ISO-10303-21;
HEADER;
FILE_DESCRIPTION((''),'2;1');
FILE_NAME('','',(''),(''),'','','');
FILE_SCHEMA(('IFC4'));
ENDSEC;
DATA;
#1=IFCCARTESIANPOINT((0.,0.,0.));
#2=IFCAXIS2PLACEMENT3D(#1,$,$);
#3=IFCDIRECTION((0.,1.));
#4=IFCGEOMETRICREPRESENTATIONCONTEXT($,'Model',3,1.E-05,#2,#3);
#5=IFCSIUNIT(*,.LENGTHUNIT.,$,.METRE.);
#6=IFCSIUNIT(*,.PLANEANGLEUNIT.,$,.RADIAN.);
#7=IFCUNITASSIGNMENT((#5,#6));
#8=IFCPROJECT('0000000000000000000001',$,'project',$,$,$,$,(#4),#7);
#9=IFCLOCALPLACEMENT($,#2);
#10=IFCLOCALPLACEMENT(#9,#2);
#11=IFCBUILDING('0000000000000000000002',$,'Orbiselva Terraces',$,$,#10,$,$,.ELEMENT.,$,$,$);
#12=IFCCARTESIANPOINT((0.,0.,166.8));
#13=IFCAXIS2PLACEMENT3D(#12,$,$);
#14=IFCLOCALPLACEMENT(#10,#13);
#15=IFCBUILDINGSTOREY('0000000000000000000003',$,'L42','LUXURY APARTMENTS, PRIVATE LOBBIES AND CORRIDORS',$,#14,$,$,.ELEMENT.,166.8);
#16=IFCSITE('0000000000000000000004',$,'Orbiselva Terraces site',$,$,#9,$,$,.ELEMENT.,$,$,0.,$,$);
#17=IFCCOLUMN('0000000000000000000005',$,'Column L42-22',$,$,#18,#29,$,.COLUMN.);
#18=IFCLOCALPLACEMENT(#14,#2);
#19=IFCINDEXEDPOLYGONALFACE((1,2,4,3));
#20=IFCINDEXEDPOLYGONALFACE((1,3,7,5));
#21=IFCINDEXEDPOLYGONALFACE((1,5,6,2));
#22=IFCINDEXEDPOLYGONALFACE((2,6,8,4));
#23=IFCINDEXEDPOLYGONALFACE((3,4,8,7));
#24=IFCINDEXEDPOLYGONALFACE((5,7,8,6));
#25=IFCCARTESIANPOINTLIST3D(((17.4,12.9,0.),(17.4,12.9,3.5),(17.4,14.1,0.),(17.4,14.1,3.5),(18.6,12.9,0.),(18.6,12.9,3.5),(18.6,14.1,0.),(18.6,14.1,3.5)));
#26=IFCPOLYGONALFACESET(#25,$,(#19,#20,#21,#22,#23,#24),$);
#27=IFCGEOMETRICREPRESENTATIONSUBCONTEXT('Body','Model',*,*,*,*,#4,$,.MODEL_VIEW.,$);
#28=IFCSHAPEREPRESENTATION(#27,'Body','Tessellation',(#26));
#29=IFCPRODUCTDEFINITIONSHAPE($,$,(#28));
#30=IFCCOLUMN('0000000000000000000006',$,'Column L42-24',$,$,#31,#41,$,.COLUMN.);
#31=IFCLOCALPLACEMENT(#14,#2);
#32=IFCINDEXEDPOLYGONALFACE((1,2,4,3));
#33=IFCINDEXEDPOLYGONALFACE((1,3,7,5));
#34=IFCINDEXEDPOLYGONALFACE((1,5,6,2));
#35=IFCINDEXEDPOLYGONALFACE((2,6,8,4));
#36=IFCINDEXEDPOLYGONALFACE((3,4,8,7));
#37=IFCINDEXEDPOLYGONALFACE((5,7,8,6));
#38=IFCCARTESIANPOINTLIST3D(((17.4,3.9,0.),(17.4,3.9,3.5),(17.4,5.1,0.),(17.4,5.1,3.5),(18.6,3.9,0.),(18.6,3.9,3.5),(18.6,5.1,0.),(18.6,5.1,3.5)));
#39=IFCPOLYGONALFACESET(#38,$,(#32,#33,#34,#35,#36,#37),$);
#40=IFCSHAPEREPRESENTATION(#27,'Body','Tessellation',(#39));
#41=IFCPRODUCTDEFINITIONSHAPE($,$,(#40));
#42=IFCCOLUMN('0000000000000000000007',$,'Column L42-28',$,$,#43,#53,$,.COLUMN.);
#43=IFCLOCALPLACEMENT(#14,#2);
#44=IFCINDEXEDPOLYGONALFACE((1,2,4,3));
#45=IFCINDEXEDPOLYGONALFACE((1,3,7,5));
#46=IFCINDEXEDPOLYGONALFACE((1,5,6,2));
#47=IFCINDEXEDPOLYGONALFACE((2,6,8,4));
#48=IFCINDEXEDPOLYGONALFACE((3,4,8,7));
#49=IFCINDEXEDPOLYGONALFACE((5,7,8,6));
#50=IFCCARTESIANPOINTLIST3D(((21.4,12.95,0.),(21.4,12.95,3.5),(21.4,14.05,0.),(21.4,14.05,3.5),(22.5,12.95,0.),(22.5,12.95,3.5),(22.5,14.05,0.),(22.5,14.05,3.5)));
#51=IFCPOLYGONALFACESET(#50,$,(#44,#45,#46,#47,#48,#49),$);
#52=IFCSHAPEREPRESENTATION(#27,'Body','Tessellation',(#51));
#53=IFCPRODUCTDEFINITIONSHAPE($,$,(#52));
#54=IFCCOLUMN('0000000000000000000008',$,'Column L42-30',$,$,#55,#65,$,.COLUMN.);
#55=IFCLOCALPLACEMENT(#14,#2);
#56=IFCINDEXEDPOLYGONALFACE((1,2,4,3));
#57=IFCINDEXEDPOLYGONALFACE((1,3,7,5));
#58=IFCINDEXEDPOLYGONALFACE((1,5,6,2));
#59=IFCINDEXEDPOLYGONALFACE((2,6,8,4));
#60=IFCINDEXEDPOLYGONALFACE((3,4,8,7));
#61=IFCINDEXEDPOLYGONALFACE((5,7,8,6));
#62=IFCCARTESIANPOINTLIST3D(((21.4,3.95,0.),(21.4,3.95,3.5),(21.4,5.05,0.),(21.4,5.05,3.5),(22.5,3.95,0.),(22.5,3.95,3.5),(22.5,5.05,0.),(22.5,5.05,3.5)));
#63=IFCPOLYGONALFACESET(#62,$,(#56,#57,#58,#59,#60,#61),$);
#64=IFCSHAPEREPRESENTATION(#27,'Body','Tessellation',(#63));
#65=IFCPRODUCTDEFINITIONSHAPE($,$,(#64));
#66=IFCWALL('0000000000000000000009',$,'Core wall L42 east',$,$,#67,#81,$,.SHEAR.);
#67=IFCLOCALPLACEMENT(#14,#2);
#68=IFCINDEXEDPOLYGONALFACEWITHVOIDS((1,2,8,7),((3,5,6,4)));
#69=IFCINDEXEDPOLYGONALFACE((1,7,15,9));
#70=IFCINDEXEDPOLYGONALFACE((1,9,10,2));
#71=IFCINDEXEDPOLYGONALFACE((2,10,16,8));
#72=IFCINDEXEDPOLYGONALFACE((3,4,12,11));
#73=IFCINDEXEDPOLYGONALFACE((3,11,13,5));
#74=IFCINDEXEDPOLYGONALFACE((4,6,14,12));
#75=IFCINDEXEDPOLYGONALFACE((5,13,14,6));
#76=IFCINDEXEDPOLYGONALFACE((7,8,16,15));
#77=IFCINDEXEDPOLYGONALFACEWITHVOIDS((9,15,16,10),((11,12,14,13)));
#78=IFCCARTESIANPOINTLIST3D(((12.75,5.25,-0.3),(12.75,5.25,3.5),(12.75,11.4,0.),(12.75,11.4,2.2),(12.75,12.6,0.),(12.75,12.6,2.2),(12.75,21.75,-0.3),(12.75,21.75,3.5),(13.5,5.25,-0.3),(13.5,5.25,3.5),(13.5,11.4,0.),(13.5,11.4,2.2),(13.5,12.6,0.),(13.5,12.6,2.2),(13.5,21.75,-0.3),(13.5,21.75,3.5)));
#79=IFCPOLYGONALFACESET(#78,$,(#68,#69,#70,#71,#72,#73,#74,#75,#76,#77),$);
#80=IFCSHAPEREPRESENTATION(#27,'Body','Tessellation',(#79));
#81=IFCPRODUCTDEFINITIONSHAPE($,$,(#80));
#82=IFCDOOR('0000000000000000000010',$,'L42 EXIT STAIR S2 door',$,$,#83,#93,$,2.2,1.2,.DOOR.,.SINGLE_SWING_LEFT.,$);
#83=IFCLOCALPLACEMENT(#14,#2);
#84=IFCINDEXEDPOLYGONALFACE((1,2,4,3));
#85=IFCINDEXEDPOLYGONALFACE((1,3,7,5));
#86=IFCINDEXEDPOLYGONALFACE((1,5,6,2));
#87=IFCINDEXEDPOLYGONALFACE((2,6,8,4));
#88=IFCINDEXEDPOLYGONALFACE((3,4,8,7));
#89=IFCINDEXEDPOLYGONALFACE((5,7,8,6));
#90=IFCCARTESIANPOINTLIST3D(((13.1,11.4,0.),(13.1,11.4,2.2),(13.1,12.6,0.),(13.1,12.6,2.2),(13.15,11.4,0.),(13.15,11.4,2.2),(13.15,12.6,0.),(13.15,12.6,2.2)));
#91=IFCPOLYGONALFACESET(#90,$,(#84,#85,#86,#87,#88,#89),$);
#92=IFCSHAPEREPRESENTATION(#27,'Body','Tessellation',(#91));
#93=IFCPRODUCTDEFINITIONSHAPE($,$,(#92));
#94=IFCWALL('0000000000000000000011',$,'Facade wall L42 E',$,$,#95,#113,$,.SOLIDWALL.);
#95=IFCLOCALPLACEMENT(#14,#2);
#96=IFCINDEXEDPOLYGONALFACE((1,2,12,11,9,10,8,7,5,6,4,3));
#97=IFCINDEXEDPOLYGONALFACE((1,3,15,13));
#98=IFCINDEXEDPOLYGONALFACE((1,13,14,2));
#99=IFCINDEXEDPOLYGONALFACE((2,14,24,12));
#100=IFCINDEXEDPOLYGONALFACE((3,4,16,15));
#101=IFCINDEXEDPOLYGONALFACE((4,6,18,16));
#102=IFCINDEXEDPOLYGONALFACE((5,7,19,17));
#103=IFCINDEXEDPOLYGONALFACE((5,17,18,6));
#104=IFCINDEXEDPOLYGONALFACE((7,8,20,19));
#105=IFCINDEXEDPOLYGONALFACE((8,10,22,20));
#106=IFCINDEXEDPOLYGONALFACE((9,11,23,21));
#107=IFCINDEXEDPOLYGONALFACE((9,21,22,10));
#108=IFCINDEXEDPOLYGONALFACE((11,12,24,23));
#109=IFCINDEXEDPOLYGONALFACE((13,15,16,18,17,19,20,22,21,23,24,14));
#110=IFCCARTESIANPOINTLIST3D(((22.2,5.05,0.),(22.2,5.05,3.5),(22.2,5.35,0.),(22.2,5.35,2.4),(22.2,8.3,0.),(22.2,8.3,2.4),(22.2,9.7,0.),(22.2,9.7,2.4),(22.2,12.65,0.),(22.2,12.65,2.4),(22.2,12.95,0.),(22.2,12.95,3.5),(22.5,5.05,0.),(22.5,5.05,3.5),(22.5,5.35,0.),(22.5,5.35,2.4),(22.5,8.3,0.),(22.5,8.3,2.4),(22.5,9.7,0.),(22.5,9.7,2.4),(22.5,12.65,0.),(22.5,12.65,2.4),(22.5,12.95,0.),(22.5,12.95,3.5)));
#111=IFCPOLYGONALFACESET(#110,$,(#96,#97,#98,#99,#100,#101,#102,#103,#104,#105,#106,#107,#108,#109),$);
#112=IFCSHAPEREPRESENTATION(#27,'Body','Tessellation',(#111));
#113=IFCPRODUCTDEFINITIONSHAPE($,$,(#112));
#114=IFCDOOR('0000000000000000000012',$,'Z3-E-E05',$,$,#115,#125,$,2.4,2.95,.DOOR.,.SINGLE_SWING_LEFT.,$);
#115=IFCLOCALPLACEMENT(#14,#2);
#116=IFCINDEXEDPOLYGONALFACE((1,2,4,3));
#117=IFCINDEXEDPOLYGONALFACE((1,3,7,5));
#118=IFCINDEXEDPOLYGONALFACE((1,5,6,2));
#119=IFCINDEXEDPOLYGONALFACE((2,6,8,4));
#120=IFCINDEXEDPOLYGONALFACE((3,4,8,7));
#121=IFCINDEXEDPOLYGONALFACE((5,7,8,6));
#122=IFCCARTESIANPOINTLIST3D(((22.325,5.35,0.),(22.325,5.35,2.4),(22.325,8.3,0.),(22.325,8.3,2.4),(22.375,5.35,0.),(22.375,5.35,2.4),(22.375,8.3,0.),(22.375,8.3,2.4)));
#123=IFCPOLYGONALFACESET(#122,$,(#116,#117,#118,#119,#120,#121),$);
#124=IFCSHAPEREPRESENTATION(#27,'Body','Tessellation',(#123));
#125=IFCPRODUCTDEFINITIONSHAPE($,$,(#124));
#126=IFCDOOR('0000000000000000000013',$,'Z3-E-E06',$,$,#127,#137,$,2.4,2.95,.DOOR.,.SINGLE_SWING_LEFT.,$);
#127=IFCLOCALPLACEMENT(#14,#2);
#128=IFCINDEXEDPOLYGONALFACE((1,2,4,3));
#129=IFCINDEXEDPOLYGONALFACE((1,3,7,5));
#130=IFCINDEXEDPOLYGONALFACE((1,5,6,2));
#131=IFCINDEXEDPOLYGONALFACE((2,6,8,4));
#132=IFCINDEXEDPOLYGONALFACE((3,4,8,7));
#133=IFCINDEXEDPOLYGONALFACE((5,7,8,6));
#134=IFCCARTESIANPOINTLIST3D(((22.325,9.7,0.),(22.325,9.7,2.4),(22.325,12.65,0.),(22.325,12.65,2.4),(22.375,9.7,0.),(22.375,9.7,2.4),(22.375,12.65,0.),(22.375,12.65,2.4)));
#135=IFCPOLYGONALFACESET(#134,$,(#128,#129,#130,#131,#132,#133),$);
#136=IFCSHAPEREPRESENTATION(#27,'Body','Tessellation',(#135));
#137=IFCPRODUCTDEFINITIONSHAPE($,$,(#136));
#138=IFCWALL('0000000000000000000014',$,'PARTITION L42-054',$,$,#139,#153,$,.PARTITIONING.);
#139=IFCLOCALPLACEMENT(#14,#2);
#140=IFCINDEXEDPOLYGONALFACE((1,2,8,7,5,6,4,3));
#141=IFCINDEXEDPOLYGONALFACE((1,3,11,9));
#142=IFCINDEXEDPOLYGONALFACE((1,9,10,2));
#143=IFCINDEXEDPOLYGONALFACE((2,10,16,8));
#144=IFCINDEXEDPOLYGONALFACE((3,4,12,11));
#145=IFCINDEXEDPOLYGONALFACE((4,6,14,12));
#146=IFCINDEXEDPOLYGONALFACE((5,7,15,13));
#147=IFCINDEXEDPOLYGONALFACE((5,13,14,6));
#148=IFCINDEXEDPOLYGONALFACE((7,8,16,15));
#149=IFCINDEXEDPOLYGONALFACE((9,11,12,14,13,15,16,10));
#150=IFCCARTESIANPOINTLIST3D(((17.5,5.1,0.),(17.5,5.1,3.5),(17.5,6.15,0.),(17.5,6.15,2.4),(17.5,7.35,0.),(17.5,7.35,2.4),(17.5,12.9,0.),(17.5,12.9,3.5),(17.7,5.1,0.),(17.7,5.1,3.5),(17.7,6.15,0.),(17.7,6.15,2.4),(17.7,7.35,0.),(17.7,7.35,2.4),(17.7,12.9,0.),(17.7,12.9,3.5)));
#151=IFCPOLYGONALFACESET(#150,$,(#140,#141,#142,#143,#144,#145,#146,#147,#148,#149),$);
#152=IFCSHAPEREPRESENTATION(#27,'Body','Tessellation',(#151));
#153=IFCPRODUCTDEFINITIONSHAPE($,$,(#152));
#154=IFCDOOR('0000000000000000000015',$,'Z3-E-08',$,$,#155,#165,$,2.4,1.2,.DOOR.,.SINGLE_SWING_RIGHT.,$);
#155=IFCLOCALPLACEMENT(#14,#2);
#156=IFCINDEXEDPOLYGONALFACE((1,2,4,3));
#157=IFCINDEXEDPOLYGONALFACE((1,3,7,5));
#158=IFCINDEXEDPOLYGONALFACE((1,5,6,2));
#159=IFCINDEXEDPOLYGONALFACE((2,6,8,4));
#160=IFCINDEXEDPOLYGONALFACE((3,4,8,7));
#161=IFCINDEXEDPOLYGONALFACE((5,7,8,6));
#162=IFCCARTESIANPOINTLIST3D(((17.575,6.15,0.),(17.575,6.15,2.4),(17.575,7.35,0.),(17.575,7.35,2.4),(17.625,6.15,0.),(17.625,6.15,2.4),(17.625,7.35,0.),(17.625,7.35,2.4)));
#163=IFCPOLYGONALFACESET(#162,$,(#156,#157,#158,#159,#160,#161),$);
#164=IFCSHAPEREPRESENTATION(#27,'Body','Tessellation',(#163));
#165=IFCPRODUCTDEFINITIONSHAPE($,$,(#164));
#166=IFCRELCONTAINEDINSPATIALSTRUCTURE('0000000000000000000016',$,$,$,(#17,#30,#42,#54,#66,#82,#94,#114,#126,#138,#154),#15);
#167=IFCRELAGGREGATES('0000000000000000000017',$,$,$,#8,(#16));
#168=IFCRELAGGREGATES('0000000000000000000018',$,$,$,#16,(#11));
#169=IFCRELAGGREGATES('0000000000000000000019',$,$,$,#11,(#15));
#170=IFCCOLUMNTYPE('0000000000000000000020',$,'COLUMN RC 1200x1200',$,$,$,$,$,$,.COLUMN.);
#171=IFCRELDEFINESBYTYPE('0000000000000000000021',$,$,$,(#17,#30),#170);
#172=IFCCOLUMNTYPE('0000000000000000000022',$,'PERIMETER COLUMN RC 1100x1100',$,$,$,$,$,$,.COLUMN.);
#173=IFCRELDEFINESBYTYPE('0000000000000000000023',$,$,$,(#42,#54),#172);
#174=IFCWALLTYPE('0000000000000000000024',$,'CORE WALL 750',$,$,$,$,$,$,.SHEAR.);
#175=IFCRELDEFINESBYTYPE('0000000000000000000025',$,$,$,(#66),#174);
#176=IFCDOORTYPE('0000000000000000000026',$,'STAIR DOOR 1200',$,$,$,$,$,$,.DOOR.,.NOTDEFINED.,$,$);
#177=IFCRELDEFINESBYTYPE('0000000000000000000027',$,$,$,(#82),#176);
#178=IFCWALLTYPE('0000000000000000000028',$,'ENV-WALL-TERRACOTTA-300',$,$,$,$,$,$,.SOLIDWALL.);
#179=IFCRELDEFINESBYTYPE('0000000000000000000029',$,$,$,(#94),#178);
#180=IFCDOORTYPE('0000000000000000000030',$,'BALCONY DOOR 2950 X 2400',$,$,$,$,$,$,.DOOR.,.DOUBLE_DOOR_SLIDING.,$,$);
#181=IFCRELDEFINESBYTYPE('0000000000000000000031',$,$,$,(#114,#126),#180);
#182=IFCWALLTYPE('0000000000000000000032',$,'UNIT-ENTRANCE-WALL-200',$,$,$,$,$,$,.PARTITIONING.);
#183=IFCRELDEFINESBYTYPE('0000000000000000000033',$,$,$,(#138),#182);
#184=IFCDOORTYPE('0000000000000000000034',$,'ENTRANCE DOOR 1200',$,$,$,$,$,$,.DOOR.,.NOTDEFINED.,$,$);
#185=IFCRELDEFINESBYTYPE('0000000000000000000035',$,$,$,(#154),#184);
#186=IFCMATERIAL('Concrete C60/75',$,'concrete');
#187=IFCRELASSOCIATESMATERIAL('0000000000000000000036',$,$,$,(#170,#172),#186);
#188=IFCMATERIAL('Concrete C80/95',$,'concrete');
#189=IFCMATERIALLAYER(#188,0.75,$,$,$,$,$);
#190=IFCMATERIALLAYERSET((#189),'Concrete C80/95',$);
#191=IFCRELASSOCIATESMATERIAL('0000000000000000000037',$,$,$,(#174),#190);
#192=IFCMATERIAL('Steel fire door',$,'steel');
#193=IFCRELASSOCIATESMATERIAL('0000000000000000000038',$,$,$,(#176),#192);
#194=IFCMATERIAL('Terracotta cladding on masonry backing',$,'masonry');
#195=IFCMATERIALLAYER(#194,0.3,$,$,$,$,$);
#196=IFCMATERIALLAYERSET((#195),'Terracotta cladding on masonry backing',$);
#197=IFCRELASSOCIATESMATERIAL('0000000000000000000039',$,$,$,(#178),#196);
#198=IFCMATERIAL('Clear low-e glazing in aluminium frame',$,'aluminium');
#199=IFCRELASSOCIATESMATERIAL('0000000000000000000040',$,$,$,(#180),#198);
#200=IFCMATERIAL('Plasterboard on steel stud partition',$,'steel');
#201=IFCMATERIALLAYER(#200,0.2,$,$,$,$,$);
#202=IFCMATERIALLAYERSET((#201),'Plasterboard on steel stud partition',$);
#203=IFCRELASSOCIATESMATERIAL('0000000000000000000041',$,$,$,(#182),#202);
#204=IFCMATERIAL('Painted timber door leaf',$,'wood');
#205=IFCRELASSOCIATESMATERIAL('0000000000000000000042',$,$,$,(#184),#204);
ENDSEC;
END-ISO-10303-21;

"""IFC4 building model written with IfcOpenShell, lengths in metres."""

from ifc_helpers import new_model, si_unit, direction, frame, frame_2d, origin, origin_2d, place, context, subcontext, project, spatial, rectangle, extrude, material, layer, layer_set, material_profile, profile_set, type_object, element, fill, save


model = new_model("IFC4")

# Units and contexts
model_context = context("Model", 3, precision=1e-05, world=origin(), true_north=direction((0.0, 1.0)))
body_context = subcontext(model_context, "Body", "Model", "MODEL_VIEW")
ifc_project = project(units=[si_unit("LENGTHUNIT", "METRE"), si_unit("PLANEANGLEUNIT", "RADIAN")], contexts=[model_context])

# Site, building, storey
site_placement = place(None, origin())
site = spatial("IfcSite", under=ifc_project, at=site_placement, Name="Orbiselva Terraces site", CompositionType="ELEMENT", RefElevation=0.0)
building_placement = place(site_placement, origin())
building = spatial("IfcBuilding", under=site, at=building_placement, Name="Orbiselva Terraces", CompositionType="ELEMENT")
storey_placement = place(building_placement, frame((0.0, 0.0, 166.8)))
storey = spatial("IfcBuildingStorey", under=building, at=storey_placement, Name="L42", Description="LUXURY APARTMENTS, PRIVATE LOBBIES AND CORRIDORS", CompositionType="ELEMENT", Elevation=166.8)

# Columns
ifc_material_1 = material(Name="Concrete C60/75", Category="concrete")
ifc_material_profile_1 = material_profile(ifc_material_1, rectangle(XDim=1.2, YDim=1.2, at=origin_2d()), Name="RC 1200x1200")
ifc_profile_set_1 = profile_set([ifc_material_profile_1], Name="Concrete C60/75")
column_type_1 = type_object("IfcColumnType", Name="COLUMN RC 1200x1200", PredefinedType="COLUMN", material=ifc_profile_set_1)
for number, where, z_axis, x_axis, name in (
    (1, (18.0, 13.5, 0.0), (0.0, 0.0, 1.0), (1.0, 0.0, 0.0), "Column L42-22"),
    (2, (18.0, 4.5, 0.0), (0.0, 0.0, 1.0), (1.0, 0.0, 0.0), "Column L42-24"),
):
    element("IfcColumn", number, at=place(storey_placement, frame(where, z_axis=z_axis, x_axis=x_axis)), inside=storey, type_object=column_type_1, Name=name, PredefinedType="COLUMN", context=body_context, shape_type="SweptSolid", body=[
        extrude(rectangle(XDim=1.2, YDim=1.2, at=origin_2d()), origin(), (0.0, 0.0, 1.0), 3.5),
    ])
ifc_material_profile_2 = material_profile(ifc_material_1, rectangle(XDim=1.1, YDim=1.1, at=origin_2d()), Name="RC 1100x1100")
ifc_profile_set_2 = profile_set([ifc_material_profile_2], Name="Concrete C60/75")
column_type_2 = type_object("IfcColumnType", Name="PERIMETER COLUMN RC 1100x1100", PredefinedType="COLUMN", material=ifc_profile_set_2)
for number, where, z_axis, x_axis, name in (
    (3, (21.95, 13.5, 0.0), (0.0, 0.0, 1.0), (1.0, 0.0, 0.0), "Column L42-28"),
    (4, (21.95, 4.5, 0.0), (0.0, 0.0, 1.0), (1.0, 0.0, 0.0), "Column L42-30"),
):
    element("IfcColumn", number, at=place(storey_placement, frame(where, z_axis=z_axis, x_axis=x_axis)), inside=storey, type_object=column_type_2, Name=name, PredefinedType="COLUMN", context=body_context, shape_type="SweptSolid", body=[
        extrude(rectangle(XDim=1.1, YDim=1.1, at=origin_2d()), origin(), (0.0, 0.0, 1.0), 3.5),
    ])

# Wall, opening, door
ifc_material_2 = material(Name="Concrete C80/95", Category="concrete")
ifc_layer_1 = layer(ifc_material_2, 0.75)
ifc_layer_set_1 = layer_set([ifc_layer_1], Name="Concrete C80/95")
wall_type_1 = type_object("IfcWallType", Name="CORE WALL 750", PredefinedType="SHEAR", material=ifc_layer_set_1)
wall_1_placement = place(storey_placement, frame((13.125, 5.25, -0.3), z_axis=(0.0, 0.0, 1.0), x_axis=(0.0, 1.0, 0.0)))
wall_1 = element("IfcWall", 5, at=wall_1_placement, inside=storey, type_object=wall_type_1, Name="Core wall L42 east", PredefinedType="SHEAR", context=body_context, shape_type="SweptSolid", body=[
    extrude(rectangle(XDim=16.5, YDim=0.75, at=frame_2d((8.25, 0.0))), origin(), (0.0, 0.0, 1.0), 3.8),
])
opening_1_placement = place(wall_1_placement, frame((6.15, 0.0, 0.3)))
opening_1 = element("IfcOpeningElement", 6, at=opening_1_placement, cuts=wall_1, PredefinedType="OPENING", context=body_context, shape_type="SweptSolid", body=[
    extrude(rectangle(XDim=1.2, YDim=2.2, at=frame_2d((0.6, 1.1))), frame((0.0, 0.385, 0.0), z_axis=(0.0, -1.0, 0.0), x_axis=(1.0, 0.0, 0.0)), (0.0, 0.0, 1.0), 0.77),
])
ifc_material_3 = material(Name="Steel fire door", Category="steel")
door_type_1 = type_object("IfcDoorType", Name="STAIR DOOR 1200", OperationType="NOTDEFINED", PredefinedType="DOOR", material=ifc_material_3)
door_1_placement = place(opening_1_placement, frame((1.2, 0.0, 0.0), z_axis=(0.0, 0.0, 1.0), x_axis=(-1.0, 0.0, 0.0)))
door_1 = element("IfcDoor", 7, at=door_1_placement, inside=storey, type_object=door_type_1, Name="L42 EXIT STAIR S2 door", OperationType="SINGLE_SWING_LEFT", OverallHeight=2.2, OverallWidth=1.2, PredefinedType="DOOR", context=body_context, shape_type="SweptSolid", body=[
    extrude(rectangle(XDim=1.2, YDim=2.2, at=frame_2d((0.6, 1.1))), frame((0.0, 0.025, 0.0), z_axis=(0.0, -1.0, 0.0), x_axis=(1.0, 0.0, 0.0)), (0.0, 0.0, 1.0), 0.05),
])
fill(opening_1, door_1)

# Wall, openings, doors
ifc_material_4 = material(Name="Terracotta cladding on masonry backing", Category="masonry")
ifc_layer_2 = layer(ifc_material_4, 0.3)
ifc_layer_set_2 = layer_set([ifc_layer_2], Name="Terracotta cladding on masonry backing")
wall_type_2 = type_object("IfcWallType", Name="ENV-WALL-TERRACOTTA-300", PredefinedType="SOLIDWALL", material=ifc_layer_set_2)
wall_2_placement = place(storey_placement, frame((22.35, 12.95, 0.0), z_axis=(0.0, 0.0, 1.0), x_axis=(0.0, -1.0, 0.0)))
wall_2 = element("IfcWall", 8, at=wall_2_placement, inside=storey, type_object=wall_type_2, Name="Facade wall L42 E", PredefinedType="SOLIDWALL", context=body_context, shape_type="SweptSolid", body=[
    extrude(rectangle(XDim=7.9, YDim=0.3, at=frame_2d((3.95, 0.0))), origin(), (0.0, 0.0, 1.0), 3.5),
])
opening_2_placement = place(wall_2_placement, frame((4.65, 0.0, 0.0)))
opening_2 = element("IfcOpeningElement", 9, at=opening_2_placement, cuts=wall_2, PredefinedType="OPENING", context=body_context, shape_type="SweptSolid", body=[
    extrude(rectangle(XDim=2.95, YDim=2.4, at=frame_2d((1.475, 1.2))), frame((0.0, 0.16, 0.0), z_axis=(0.0, -1.0, 0.0), x_axis=(1.0, 0.0, 0.0)), (0.0, 0.0, 1.0), 0.32),
])
opening_3_placement = place(wall_2_placement, frame((0.3, 0.0, 0.0)))
opening_3 = element("IfcOpeningElement", 10, at=opening_3_placement, cuts=wall_2, PredefinedType="OPENING", context=body_context, shape_type="SweptSolid", body=[
    extrude(rectangle(XDim=2.95, YDim=2.4, at=frame_2d((1.475, 1.2))), frame((0.0, 0.16, 0.0), z_axis=(0.0, -1.0, 0.0), x_axis=(1.0, 0.0, 0.0)), (0.0, 0.0, 1.0), 0.32),
])
ifc_material_5 = material(Name="Clear low-e glazing in aluminium frame", Category="aluminium")
door_type_2 = type_object("IfcDoorType", Name="BALCONY DOOR 2950 X 2400", OperationType="DOUBLE_DOOR_SLIDING", PredefinedType="DOOR", material=ifc_material_5)
door_2_placement = place(opening_2_placement, origin())
door_2 = element("IfcDoor", 11, at=door_2_placement, inside=storey, type_object=door_type_2, Name="Z3-E-E05", OperationType="SINGLE_SWING_LEFT", OverallHeight=2.4, OverallWidth=2.95, PredefinedType="DOOR", context=body_context, shape_type="SweptSolid", body=[
    extrude(rectangle(XDim=2.95, YDim=2.4, at=frame_2d((1.475, 1.2))), frame((0.0, 0.025, 0.0), z_axis=(0.0, -1.0, 0.0), x_axis=(1.0, 0.0, 0.0)), (0.0, 0.0, 1.0), 0.05),
])
fill(opening_2, door_2)
door_3_placement = place(opening_3_placement, origin())
door_3 = element("IfcDoor", 12, at=door_3_placement, inside=storey, type_object=door_type_2, Name="Z3-E-E06", OperationType="SINGLE_SWING_LEFT", OverallHeight=2.4, OverallWidth=2.95, PredefinedType="DOOR", context=body_context, shape_type="SweptSolid", body=[
    extrude(rectangle(XDim=2.95, YDim=2.4, at=frame_2d((1.475, 1.2))), frame((0.0, 0.025, 0.0), z_axis=(0.0, -1.0, 0.0), x_axis=(1.0, 0.0, 0.0)), (0.0, 0.0, 1.0), 0.05),
])
fill(opening_3, door_3)

# Wall, opening, door
ifc_material_6 = material(Name="Plasterboard on steel stud partition", Category="steel")
ifc_layer_3 = layer(ifc_material_6, 0.2)
ifc_layer_set_3 = layer_set([ifc_layer_3], Name="Plasterboard on steel stud partition")
wall_type_3 = type_object("IfcWallType", Name="UNIT-ENTRANCE-WALL-200", PredefinedType="PARTITIONING", material=ifc_layer_set_3)
wall_3_placement = place(storey_placement, frame((17.6, 12.9, 0.0), z_axis=(0.0, 0.0, 1.0), x_axis=(0.0, -1.0, 0.0)))
wall_3 = element("IfcWall", 13, at=wall_3_placement, inside=storey, type_object=wall_type_3, Name="PARTITION L42-054", PredefinedType="PARTITIONING", context=body_context, shape_type="SweptSolid", body=[
    extrude(rectangle(XDim=7.8, YDim=0.2, at=frame_2d((3.9, 0.0))), origin(), (0.0, 0.0, 1.0), 3.5),
])
opening_4_placement = place(wall_3_placement, frame((5.55, 0.0, 0.0)))
opening_4 = element("IfcOpeningElement", 14, at=opening_4_placement, cuts=wall_3, PredefinedType="OPENING", context=body_context, shape_type="SweptSolid", body=[
    extrude(rectangle(XDim=1.2, YDim=2.4, at=frame_2d((0.6, 1.2))), frame((0.0, 0.11, 0.0), z_axis=(0.0, -1.0, 0.0), x_axis=(1.0, 0.0, 0.0)), (0.0, 0.0, 1.0), 0.22),
])
ifc_material_7 = material(Name="Painted timber door leaf", Category="wood")
door_type_3 = type_object("IfcDoorType", Name="ENTRANCE DOOR 1200", OperationType="NOTDEFINED", PredefinedType="DOOR", material=ifc_material_7)
door_4_placement = place(opening_4_placement, origin())
door_4 = element("IfcDoor", 15, at=door_4_placement, inside=storey, type_object=door_type_3, Name="Z3-E-08", OperationType="SINGLE_SWING_RIGHT", OverallHeight=2.4, OverallWidth=1.2, PredefinedType="DOOR", context=body_context, shape_type="SweptSolid", body=[
    extrude(rectangle(XDim=1.2, YDim=2.4, at=frame_2d((0.6, 1.2))), frame((0.0, 0.025, 0.0), z_axis=(0.0, -1.0, 0.0), x_axis=(1.0, 0.0, 0.0)), (0.0, 0.0, 1.0), 0.05),
])
fill(opening_4, door_4)

save(model, "model.ifc")
